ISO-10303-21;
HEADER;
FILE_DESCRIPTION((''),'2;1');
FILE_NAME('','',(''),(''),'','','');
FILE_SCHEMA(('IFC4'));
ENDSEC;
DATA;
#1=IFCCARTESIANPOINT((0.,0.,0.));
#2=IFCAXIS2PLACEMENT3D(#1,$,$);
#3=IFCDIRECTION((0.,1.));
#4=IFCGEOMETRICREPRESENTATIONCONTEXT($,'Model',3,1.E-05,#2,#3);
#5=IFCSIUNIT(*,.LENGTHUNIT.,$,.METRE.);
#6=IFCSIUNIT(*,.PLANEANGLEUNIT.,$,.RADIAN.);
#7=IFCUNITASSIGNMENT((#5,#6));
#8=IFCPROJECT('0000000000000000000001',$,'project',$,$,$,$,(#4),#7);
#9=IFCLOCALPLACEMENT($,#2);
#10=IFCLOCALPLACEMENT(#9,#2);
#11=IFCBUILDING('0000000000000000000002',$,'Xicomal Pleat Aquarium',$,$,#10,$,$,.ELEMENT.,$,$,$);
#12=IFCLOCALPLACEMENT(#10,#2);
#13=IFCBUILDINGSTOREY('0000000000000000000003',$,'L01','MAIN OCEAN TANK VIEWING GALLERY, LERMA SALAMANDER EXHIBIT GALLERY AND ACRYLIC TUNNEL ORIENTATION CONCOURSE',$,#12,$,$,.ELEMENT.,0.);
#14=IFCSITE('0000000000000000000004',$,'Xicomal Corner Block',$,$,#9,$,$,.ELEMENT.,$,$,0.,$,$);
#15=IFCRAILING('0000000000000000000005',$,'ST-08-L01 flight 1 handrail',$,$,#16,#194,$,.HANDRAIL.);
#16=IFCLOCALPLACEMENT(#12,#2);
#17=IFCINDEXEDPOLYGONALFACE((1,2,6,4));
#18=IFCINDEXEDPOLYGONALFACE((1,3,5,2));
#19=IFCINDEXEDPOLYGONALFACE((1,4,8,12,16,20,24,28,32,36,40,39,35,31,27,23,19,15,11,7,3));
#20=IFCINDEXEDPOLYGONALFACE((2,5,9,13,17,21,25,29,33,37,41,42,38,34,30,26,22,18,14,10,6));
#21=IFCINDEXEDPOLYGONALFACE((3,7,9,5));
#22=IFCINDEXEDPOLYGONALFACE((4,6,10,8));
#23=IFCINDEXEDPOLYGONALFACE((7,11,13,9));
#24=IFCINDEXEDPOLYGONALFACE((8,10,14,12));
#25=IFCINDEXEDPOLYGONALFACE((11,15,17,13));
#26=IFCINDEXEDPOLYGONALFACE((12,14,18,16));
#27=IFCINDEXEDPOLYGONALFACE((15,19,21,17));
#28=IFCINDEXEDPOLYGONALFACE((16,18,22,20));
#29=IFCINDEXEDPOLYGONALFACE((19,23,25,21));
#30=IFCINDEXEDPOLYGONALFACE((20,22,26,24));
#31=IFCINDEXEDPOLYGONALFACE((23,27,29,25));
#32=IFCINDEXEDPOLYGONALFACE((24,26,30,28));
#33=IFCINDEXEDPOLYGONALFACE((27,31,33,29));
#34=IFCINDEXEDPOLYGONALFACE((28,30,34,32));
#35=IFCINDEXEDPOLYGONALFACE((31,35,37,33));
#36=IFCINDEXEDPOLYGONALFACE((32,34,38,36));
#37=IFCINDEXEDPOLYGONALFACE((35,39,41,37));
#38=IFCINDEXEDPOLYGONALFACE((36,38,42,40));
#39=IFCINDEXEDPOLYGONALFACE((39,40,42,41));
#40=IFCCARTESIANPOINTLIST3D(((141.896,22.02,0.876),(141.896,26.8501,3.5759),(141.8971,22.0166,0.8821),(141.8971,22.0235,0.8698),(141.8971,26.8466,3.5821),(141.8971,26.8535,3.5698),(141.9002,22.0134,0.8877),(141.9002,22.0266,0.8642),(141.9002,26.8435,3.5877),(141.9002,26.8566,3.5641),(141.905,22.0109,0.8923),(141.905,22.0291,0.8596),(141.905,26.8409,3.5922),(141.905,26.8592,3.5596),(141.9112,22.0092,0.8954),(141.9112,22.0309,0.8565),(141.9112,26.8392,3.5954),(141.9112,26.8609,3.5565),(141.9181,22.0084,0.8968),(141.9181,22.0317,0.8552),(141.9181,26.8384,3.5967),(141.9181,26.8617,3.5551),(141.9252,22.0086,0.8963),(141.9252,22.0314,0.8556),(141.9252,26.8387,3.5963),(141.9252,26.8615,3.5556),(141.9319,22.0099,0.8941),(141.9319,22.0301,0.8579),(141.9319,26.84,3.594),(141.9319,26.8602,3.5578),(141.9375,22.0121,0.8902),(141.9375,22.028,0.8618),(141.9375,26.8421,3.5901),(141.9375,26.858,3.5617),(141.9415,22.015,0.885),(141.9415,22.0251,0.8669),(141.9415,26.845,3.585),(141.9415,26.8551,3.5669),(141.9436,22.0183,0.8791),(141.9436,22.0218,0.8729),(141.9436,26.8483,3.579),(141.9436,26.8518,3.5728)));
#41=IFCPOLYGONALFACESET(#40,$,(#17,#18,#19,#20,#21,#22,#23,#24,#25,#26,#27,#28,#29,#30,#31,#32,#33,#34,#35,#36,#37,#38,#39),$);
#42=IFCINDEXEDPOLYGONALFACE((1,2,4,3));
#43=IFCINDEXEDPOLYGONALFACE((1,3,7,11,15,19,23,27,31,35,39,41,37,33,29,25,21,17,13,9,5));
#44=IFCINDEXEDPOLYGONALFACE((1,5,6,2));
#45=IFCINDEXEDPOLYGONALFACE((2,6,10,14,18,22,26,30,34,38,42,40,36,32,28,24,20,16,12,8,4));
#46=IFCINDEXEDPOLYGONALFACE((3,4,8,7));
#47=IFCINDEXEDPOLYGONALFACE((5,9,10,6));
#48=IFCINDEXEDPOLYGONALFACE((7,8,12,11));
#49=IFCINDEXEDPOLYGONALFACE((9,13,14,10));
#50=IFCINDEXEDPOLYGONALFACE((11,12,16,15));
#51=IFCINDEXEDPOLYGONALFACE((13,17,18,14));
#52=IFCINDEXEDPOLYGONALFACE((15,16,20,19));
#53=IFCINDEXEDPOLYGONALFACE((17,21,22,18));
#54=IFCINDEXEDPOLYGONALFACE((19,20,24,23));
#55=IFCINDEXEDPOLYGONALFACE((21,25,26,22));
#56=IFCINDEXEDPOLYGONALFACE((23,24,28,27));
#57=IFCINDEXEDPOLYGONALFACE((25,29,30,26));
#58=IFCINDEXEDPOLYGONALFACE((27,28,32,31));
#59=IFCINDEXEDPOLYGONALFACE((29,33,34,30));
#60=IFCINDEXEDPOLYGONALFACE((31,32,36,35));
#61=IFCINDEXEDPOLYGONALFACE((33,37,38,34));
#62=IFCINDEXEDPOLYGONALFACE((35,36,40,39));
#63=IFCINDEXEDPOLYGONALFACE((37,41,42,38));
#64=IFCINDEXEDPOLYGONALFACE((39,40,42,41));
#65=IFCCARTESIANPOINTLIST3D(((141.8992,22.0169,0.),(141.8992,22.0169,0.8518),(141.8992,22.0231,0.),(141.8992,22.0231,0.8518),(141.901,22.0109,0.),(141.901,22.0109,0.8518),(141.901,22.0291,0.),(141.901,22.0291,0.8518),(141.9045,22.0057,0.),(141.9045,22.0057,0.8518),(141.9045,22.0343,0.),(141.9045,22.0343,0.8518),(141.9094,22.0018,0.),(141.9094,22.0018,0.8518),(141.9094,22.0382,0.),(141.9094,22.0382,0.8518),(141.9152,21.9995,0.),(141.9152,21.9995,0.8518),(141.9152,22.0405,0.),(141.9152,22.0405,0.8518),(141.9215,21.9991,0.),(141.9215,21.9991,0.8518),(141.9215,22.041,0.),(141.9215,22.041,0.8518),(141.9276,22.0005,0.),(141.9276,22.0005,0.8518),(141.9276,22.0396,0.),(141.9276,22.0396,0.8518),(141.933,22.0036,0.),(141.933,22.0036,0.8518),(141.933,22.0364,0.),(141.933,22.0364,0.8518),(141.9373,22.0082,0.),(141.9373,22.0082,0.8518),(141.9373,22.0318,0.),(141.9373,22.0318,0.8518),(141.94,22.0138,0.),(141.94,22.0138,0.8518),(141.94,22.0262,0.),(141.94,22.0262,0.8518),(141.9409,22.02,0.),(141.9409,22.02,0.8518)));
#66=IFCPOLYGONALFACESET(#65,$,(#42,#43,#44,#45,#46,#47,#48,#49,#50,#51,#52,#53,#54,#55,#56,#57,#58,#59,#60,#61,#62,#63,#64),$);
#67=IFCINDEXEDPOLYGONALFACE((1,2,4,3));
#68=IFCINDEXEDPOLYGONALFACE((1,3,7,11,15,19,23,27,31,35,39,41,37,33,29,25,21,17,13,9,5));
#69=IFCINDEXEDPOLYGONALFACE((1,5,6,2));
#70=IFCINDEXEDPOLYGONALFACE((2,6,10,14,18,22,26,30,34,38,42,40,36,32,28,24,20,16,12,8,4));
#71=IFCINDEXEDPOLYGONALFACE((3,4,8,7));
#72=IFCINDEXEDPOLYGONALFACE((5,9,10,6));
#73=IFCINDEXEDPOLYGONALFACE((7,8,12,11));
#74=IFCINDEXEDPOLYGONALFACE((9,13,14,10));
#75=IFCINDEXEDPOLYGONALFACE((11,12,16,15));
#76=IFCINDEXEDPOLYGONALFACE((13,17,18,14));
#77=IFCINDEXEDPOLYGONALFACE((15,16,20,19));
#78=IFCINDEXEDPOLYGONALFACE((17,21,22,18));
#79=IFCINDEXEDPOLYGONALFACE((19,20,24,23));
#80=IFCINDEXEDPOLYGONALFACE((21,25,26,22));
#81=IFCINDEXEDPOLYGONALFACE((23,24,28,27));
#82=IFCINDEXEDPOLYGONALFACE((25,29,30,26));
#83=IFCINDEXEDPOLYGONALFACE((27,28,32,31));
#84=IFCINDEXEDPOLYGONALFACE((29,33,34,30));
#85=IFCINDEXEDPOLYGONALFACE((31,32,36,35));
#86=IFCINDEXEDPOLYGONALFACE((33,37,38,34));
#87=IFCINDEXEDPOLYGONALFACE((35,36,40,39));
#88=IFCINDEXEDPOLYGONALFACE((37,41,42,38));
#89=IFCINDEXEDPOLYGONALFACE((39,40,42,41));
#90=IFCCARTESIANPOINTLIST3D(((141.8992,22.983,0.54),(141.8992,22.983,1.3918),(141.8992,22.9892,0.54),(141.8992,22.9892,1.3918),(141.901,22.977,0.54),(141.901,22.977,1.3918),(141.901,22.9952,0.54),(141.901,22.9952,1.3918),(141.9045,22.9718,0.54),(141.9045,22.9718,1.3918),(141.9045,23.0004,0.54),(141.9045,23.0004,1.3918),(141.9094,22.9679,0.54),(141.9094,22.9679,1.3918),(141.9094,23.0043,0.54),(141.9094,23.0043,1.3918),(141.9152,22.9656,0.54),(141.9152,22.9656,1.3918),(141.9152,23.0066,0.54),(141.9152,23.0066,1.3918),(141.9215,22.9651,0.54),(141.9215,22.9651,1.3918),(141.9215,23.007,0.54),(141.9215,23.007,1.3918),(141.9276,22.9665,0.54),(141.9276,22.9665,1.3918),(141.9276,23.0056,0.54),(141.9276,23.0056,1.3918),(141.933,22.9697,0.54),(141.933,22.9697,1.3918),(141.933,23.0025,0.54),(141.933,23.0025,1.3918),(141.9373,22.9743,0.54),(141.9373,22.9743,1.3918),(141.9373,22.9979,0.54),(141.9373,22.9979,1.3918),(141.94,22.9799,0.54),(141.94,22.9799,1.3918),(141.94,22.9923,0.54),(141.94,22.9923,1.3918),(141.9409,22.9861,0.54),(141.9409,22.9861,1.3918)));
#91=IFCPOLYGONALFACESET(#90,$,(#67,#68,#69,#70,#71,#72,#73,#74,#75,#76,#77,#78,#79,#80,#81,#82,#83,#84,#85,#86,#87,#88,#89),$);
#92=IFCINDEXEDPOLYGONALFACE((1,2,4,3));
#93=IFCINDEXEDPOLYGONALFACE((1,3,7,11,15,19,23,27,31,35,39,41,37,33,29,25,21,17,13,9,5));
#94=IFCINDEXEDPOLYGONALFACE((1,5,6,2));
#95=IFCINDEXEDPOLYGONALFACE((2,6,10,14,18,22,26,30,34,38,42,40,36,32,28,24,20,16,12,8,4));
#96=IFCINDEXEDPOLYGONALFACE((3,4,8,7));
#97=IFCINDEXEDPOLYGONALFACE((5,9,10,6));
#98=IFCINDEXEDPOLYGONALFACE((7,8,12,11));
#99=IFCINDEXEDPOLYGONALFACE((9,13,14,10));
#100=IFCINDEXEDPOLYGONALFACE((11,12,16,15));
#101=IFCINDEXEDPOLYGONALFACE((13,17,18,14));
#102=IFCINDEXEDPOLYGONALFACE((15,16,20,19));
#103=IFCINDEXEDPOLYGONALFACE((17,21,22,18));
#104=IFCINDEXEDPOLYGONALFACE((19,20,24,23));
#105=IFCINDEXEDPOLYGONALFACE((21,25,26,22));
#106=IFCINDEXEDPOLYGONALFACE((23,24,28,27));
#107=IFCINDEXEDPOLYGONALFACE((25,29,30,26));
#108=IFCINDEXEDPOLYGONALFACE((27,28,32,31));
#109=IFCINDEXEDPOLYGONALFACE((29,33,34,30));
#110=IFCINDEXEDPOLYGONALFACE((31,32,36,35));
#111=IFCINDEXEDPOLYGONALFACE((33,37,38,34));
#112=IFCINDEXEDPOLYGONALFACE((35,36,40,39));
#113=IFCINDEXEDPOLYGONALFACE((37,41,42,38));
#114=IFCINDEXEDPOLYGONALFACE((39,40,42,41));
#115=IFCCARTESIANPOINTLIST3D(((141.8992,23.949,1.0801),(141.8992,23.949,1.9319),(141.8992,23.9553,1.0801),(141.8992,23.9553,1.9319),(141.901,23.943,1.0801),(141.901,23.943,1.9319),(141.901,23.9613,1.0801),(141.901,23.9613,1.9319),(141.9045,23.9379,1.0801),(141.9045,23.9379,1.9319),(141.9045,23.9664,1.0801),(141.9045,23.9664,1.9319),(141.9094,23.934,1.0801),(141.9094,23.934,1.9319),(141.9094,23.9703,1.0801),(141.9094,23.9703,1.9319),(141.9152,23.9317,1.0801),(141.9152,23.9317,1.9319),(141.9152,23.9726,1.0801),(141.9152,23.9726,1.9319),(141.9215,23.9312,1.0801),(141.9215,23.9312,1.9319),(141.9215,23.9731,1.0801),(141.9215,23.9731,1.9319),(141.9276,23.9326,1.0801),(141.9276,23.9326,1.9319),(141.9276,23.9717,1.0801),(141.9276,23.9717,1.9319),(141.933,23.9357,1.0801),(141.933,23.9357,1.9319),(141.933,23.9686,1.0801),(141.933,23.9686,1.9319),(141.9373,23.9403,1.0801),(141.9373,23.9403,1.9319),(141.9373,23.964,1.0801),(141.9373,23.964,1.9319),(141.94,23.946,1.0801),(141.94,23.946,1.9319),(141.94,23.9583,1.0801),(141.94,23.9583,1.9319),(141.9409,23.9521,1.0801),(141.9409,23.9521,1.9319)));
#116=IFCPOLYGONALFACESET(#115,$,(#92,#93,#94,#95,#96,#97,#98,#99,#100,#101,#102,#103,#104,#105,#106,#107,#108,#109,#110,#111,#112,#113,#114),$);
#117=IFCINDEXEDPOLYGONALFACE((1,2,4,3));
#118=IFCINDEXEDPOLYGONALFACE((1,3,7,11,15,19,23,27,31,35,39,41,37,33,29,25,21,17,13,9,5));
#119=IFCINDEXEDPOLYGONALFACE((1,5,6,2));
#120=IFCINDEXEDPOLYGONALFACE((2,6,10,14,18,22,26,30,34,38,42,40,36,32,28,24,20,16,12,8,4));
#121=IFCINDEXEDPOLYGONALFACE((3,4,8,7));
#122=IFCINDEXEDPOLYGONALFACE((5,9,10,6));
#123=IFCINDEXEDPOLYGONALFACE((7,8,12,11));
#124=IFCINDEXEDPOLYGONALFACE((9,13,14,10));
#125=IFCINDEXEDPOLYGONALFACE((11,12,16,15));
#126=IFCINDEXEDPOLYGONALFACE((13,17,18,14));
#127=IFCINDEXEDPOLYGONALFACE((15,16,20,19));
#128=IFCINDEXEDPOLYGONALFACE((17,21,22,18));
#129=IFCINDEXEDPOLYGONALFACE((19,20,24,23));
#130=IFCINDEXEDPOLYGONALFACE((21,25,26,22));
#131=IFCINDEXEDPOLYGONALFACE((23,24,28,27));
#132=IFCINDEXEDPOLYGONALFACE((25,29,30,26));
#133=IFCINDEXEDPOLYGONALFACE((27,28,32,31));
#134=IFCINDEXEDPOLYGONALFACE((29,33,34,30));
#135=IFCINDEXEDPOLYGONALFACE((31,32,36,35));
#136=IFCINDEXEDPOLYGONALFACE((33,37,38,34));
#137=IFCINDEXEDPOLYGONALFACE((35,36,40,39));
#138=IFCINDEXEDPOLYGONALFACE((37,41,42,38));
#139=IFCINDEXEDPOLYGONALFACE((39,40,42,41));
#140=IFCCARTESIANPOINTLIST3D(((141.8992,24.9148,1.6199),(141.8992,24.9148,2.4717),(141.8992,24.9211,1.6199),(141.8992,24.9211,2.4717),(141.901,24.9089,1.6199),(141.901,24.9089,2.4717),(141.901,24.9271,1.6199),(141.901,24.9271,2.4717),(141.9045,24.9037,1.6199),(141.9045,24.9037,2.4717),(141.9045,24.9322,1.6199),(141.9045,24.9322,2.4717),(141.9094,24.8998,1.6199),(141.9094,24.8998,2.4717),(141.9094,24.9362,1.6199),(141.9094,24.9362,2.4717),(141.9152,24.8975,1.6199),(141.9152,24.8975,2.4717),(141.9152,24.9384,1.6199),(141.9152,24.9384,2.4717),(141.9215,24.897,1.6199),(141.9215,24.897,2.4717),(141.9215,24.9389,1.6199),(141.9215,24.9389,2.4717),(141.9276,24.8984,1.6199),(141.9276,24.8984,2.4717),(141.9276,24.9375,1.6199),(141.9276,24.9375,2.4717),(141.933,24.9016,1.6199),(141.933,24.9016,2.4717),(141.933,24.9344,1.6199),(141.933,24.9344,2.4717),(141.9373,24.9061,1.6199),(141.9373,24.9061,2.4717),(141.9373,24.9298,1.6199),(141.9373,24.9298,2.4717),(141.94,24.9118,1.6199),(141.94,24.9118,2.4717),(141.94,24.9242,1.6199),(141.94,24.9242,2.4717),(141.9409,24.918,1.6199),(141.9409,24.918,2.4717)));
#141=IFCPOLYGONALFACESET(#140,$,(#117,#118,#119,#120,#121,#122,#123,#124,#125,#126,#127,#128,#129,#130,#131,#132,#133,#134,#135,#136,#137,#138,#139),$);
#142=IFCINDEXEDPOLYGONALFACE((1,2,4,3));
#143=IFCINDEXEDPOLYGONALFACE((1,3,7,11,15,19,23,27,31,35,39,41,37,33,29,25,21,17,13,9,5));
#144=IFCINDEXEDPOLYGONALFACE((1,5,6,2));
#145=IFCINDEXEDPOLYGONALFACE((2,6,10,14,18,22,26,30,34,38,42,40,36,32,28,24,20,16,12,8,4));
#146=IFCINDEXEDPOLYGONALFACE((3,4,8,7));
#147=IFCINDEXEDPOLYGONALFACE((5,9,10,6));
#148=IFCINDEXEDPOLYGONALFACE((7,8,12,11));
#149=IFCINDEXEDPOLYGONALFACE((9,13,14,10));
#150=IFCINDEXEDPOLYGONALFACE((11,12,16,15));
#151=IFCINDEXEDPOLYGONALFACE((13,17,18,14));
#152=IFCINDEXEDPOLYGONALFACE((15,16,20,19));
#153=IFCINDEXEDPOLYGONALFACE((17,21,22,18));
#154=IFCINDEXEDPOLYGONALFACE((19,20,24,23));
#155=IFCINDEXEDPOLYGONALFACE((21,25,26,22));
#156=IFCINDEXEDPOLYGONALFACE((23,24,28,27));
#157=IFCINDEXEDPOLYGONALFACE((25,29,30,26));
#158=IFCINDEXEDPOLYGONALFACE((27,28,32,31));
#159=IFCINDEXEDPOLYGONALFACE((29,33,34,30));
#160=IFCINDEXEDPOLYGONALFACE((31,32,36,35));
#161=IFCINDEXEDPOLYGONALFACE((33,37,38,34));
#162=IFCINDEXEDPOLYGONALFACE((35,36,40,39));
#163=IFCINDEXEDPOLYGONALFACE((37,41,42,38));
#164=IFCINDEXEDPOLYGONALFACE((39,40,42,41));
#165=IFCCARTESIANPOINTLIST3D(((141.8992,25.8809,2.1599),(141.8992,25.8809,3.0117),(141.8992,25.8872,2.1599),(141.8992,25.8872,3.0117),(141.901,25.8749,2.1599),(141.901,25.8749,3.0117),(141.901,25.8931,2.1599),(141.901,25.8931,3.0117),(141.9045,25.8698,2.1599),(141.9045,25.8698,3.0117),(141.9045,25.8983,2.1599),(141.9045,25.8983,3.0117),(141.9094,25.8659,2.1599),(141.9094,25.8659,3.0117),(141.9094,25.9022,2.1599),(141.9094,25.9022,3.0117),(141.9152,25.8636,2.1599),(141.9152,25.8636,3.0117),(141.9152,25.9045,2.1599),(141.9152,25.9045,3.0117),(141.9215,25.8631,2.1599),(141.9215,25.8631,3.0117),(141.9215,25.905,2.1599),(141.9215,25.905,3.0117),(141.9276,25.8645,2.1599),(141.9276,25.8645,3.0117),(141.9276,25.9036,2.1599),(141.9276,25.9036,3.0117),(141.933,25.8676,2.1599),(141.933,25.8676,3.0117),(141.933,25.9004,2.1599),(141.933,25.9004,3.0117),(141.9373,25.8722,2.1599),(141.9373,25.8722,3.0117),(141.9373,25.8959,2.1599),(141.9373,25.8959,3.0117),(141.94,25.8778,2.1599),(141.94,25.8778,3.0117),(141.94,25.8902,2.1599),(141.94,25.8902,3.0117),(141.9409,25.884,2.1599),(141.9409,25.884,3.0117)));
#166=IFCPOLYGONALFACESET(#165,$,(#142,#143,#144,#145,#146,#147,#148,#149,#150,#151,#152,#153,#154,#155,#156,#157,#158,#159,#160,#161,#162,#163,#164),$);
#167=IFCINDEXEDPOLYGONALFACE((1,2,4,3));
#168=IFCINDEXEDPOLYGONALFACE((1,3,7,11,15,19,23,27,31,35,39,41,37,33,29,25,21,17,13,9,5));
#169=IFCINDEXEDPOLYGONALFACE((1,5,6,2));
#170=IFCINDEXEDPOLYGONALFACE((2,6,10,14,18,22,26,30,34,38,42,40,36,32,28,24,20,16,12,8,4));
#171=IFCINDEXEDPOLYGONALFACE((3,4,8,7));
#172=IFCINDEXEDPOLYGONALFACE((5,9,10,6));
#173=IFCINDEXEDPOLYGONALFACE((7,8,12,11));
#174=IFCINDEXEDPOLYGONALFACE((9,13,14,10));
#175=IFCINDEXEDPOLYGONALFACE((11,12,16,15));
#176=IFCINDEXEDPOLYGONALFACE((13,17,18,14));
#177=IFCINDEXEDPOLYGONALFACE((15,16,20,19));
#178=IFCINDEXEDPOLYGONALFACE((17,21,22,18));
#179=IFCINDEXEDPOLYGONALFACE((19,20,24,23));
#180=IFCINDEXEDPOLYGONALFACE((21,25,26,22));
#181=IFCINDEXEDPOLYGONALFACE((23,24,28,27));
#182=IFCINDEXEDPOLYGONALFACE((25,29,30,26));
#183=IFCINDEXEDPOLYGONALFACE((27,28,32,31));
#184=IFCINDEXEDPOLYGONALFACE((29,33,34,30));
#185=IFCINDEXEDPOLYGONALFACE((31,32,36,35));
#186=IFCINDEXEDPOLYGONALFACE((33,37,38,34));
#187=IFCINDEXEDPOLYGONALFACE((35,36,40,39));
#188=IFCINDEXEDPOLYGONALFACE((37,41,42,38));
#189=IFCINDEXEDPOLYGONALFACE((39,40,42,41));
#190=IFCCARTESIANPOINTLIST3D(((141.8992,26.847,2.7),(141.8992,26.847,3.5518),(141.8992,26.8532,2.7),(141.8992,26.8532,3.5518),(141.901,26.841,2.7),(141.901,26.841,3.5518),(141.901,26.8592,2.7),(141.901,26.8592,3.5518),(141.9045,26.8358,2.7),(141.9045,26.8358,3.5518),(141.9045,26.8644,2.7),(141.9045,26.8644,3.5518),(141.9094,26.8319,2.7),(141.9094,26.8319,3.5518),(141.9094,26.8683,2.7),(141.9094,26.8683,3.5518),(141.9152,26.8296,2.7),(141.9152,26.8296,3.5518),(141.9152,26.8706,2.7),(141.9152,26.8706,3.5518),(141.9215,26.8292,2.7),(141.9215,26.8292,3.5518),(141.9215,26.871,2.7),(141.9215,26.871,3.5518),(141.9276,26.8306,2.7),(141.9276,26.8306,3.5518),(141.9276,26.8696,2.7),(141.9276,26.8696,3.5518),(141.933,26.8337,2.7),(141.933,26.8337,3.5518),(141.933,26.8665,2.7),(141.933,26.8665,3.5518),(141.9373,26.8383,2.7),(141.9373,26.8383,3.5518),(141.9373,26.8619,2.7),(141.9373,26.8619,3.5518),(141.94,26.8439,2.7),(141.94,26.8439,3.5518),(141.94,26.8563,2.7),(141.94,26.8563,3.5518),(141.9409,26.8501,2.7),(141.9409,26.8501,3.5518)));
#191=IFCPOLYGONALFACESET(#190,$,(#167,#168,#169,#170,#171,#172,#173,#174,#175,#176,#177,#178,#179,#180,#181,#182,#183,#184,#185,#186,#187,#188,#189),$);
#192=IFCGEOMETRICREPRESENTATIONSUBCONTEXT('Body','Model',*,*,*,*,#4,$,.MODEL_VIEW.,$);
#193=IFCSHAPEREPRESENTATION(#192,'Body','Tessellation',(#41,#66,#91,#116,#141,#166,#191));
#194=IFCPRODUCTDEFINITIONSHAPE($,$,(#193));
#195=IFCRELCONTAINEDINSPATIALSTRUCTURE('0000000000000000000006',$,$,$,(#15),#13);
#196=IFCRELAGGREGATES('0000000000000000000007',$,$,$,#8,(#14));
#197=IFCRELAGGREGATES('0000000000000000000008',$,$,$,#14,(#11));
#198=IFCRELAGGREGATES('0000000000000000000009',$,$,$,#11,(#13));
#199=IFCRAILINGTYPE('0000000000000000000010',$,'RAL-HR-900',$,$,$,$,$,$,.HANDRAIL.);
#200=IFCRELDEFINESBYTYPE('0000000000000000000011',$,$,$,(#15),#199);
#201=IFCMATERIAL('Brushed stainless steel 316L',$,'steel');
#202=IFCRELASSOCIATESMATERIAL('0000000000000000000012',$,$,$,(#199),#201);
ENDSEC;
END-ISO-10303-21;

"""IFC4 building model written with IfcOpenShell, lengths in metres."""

from ifc_helpers import new_model, si_unit, direction, frame, origin, origin_2d, place, context, subcontext, project, spatial, circle, extrude, material, type_object, element, save


model = new_model("IFC4")

# Units and contexts
model_context = context("Model", 3, precision=1e-05, world=origin(), true_north=direction((0.0, 1.0)))
body_context = subcontext(model_context, "Body", "Model", "MODEL_VIEW")
ifc_project = project(units=[si_unit("LENGTHUNIT", "METRE"), si_unit("PLANEANGLEUNIT", "RADIAN")], contexts=[model_context])

# Site, building, storey
site_placement = place(None, origin())
site = spatial("IfcSite", under=ifc_project, at=site_placement, Name="Xicomal Corner Block", CompositionType="ELEMENT", RefElevation=0.0)
building_placement = place(site_placement, origin())
building = spatial("IfcBuilding", under=site, at=building_placement, Name="Xicomal Pleat Aquarium", CompositionType="ELEMENT")
storey_placement = place(building_placement, origin())
storey = spatial("IfcBuildingStorey", under=building, at=storey_placement, Name="L01", Description="MAIN OCEAN TANK VIEWING GALLERY, LERMA SALAMANDER EXHIBIT GALLERY AND ACRYLIC TUNNEL ORIENTATION CONCOURSE", CompositionType="ELEMENT", Elevation=0.0)

# Railing
ifc_material_1 = material(Name="Brushed stainless steel 316L", Category="steel")
railing_type_1 = type_object("IfcRailingType", Name="RAL-HR-900", PredefinedType="HANDRAIL", material=ifc_material_1)
railing_1_placement = place(storey_placement, frame((141.9199, 22.02, 0.0)))
element("IfcRailing", 1, at=railing_1_placement, inside=storey, type_object=railing_type_1, Name="ST-08-L01 flight 1 handrail", PredefinedType="HANDRAIL", context=body_context, shape_type="SweptSolid", body=[
    extrude(circle(Radius=0.0239, at=origin_2d()), frame((0.0, 0.0, 0.876), z_axis=(0.0, 0.872883, 0.48793), x_axis=(-1.0, 0.0, 0.0)), (0.0, 0.0, 1.0), 5.5334),
    extrude(circle(Radius=0.021, at=origin_2d()), origin(), (0.0, 0.0, 1.0), 0.8518),
    extrude(circle(Radius=0.021, at=origin_2d()), frame((0.0, 0.9661, 0.54)), (0.0, 0.0, 1.0), 0.8518),
    extrude(circle(Radius=0.021, at=origin_2d()), frame((0.0, 1.9321, 1.0801)), (0.0, 0.0, 1.0), 0.8518),
    extrude(circle(Radius=0.021, at=origin_2d()), frame((0.0, 2.8979, 1.6199)), (0.0, 0.0, 1.0), 0.8518),
    extrude(circle(Radius=0.021, at=origin_2d()), frame((0.0, 3.864, 2.1599)), (0.0, 0.0, 1.0), 0.8518),
    extrude(circle(Radius=0.021, at=origin_2d()), frame((0.0, 4.8301, 2.7)), (0.0, 0.0, 1.0), 0.8518),
])

save(model, "model.ifc")
